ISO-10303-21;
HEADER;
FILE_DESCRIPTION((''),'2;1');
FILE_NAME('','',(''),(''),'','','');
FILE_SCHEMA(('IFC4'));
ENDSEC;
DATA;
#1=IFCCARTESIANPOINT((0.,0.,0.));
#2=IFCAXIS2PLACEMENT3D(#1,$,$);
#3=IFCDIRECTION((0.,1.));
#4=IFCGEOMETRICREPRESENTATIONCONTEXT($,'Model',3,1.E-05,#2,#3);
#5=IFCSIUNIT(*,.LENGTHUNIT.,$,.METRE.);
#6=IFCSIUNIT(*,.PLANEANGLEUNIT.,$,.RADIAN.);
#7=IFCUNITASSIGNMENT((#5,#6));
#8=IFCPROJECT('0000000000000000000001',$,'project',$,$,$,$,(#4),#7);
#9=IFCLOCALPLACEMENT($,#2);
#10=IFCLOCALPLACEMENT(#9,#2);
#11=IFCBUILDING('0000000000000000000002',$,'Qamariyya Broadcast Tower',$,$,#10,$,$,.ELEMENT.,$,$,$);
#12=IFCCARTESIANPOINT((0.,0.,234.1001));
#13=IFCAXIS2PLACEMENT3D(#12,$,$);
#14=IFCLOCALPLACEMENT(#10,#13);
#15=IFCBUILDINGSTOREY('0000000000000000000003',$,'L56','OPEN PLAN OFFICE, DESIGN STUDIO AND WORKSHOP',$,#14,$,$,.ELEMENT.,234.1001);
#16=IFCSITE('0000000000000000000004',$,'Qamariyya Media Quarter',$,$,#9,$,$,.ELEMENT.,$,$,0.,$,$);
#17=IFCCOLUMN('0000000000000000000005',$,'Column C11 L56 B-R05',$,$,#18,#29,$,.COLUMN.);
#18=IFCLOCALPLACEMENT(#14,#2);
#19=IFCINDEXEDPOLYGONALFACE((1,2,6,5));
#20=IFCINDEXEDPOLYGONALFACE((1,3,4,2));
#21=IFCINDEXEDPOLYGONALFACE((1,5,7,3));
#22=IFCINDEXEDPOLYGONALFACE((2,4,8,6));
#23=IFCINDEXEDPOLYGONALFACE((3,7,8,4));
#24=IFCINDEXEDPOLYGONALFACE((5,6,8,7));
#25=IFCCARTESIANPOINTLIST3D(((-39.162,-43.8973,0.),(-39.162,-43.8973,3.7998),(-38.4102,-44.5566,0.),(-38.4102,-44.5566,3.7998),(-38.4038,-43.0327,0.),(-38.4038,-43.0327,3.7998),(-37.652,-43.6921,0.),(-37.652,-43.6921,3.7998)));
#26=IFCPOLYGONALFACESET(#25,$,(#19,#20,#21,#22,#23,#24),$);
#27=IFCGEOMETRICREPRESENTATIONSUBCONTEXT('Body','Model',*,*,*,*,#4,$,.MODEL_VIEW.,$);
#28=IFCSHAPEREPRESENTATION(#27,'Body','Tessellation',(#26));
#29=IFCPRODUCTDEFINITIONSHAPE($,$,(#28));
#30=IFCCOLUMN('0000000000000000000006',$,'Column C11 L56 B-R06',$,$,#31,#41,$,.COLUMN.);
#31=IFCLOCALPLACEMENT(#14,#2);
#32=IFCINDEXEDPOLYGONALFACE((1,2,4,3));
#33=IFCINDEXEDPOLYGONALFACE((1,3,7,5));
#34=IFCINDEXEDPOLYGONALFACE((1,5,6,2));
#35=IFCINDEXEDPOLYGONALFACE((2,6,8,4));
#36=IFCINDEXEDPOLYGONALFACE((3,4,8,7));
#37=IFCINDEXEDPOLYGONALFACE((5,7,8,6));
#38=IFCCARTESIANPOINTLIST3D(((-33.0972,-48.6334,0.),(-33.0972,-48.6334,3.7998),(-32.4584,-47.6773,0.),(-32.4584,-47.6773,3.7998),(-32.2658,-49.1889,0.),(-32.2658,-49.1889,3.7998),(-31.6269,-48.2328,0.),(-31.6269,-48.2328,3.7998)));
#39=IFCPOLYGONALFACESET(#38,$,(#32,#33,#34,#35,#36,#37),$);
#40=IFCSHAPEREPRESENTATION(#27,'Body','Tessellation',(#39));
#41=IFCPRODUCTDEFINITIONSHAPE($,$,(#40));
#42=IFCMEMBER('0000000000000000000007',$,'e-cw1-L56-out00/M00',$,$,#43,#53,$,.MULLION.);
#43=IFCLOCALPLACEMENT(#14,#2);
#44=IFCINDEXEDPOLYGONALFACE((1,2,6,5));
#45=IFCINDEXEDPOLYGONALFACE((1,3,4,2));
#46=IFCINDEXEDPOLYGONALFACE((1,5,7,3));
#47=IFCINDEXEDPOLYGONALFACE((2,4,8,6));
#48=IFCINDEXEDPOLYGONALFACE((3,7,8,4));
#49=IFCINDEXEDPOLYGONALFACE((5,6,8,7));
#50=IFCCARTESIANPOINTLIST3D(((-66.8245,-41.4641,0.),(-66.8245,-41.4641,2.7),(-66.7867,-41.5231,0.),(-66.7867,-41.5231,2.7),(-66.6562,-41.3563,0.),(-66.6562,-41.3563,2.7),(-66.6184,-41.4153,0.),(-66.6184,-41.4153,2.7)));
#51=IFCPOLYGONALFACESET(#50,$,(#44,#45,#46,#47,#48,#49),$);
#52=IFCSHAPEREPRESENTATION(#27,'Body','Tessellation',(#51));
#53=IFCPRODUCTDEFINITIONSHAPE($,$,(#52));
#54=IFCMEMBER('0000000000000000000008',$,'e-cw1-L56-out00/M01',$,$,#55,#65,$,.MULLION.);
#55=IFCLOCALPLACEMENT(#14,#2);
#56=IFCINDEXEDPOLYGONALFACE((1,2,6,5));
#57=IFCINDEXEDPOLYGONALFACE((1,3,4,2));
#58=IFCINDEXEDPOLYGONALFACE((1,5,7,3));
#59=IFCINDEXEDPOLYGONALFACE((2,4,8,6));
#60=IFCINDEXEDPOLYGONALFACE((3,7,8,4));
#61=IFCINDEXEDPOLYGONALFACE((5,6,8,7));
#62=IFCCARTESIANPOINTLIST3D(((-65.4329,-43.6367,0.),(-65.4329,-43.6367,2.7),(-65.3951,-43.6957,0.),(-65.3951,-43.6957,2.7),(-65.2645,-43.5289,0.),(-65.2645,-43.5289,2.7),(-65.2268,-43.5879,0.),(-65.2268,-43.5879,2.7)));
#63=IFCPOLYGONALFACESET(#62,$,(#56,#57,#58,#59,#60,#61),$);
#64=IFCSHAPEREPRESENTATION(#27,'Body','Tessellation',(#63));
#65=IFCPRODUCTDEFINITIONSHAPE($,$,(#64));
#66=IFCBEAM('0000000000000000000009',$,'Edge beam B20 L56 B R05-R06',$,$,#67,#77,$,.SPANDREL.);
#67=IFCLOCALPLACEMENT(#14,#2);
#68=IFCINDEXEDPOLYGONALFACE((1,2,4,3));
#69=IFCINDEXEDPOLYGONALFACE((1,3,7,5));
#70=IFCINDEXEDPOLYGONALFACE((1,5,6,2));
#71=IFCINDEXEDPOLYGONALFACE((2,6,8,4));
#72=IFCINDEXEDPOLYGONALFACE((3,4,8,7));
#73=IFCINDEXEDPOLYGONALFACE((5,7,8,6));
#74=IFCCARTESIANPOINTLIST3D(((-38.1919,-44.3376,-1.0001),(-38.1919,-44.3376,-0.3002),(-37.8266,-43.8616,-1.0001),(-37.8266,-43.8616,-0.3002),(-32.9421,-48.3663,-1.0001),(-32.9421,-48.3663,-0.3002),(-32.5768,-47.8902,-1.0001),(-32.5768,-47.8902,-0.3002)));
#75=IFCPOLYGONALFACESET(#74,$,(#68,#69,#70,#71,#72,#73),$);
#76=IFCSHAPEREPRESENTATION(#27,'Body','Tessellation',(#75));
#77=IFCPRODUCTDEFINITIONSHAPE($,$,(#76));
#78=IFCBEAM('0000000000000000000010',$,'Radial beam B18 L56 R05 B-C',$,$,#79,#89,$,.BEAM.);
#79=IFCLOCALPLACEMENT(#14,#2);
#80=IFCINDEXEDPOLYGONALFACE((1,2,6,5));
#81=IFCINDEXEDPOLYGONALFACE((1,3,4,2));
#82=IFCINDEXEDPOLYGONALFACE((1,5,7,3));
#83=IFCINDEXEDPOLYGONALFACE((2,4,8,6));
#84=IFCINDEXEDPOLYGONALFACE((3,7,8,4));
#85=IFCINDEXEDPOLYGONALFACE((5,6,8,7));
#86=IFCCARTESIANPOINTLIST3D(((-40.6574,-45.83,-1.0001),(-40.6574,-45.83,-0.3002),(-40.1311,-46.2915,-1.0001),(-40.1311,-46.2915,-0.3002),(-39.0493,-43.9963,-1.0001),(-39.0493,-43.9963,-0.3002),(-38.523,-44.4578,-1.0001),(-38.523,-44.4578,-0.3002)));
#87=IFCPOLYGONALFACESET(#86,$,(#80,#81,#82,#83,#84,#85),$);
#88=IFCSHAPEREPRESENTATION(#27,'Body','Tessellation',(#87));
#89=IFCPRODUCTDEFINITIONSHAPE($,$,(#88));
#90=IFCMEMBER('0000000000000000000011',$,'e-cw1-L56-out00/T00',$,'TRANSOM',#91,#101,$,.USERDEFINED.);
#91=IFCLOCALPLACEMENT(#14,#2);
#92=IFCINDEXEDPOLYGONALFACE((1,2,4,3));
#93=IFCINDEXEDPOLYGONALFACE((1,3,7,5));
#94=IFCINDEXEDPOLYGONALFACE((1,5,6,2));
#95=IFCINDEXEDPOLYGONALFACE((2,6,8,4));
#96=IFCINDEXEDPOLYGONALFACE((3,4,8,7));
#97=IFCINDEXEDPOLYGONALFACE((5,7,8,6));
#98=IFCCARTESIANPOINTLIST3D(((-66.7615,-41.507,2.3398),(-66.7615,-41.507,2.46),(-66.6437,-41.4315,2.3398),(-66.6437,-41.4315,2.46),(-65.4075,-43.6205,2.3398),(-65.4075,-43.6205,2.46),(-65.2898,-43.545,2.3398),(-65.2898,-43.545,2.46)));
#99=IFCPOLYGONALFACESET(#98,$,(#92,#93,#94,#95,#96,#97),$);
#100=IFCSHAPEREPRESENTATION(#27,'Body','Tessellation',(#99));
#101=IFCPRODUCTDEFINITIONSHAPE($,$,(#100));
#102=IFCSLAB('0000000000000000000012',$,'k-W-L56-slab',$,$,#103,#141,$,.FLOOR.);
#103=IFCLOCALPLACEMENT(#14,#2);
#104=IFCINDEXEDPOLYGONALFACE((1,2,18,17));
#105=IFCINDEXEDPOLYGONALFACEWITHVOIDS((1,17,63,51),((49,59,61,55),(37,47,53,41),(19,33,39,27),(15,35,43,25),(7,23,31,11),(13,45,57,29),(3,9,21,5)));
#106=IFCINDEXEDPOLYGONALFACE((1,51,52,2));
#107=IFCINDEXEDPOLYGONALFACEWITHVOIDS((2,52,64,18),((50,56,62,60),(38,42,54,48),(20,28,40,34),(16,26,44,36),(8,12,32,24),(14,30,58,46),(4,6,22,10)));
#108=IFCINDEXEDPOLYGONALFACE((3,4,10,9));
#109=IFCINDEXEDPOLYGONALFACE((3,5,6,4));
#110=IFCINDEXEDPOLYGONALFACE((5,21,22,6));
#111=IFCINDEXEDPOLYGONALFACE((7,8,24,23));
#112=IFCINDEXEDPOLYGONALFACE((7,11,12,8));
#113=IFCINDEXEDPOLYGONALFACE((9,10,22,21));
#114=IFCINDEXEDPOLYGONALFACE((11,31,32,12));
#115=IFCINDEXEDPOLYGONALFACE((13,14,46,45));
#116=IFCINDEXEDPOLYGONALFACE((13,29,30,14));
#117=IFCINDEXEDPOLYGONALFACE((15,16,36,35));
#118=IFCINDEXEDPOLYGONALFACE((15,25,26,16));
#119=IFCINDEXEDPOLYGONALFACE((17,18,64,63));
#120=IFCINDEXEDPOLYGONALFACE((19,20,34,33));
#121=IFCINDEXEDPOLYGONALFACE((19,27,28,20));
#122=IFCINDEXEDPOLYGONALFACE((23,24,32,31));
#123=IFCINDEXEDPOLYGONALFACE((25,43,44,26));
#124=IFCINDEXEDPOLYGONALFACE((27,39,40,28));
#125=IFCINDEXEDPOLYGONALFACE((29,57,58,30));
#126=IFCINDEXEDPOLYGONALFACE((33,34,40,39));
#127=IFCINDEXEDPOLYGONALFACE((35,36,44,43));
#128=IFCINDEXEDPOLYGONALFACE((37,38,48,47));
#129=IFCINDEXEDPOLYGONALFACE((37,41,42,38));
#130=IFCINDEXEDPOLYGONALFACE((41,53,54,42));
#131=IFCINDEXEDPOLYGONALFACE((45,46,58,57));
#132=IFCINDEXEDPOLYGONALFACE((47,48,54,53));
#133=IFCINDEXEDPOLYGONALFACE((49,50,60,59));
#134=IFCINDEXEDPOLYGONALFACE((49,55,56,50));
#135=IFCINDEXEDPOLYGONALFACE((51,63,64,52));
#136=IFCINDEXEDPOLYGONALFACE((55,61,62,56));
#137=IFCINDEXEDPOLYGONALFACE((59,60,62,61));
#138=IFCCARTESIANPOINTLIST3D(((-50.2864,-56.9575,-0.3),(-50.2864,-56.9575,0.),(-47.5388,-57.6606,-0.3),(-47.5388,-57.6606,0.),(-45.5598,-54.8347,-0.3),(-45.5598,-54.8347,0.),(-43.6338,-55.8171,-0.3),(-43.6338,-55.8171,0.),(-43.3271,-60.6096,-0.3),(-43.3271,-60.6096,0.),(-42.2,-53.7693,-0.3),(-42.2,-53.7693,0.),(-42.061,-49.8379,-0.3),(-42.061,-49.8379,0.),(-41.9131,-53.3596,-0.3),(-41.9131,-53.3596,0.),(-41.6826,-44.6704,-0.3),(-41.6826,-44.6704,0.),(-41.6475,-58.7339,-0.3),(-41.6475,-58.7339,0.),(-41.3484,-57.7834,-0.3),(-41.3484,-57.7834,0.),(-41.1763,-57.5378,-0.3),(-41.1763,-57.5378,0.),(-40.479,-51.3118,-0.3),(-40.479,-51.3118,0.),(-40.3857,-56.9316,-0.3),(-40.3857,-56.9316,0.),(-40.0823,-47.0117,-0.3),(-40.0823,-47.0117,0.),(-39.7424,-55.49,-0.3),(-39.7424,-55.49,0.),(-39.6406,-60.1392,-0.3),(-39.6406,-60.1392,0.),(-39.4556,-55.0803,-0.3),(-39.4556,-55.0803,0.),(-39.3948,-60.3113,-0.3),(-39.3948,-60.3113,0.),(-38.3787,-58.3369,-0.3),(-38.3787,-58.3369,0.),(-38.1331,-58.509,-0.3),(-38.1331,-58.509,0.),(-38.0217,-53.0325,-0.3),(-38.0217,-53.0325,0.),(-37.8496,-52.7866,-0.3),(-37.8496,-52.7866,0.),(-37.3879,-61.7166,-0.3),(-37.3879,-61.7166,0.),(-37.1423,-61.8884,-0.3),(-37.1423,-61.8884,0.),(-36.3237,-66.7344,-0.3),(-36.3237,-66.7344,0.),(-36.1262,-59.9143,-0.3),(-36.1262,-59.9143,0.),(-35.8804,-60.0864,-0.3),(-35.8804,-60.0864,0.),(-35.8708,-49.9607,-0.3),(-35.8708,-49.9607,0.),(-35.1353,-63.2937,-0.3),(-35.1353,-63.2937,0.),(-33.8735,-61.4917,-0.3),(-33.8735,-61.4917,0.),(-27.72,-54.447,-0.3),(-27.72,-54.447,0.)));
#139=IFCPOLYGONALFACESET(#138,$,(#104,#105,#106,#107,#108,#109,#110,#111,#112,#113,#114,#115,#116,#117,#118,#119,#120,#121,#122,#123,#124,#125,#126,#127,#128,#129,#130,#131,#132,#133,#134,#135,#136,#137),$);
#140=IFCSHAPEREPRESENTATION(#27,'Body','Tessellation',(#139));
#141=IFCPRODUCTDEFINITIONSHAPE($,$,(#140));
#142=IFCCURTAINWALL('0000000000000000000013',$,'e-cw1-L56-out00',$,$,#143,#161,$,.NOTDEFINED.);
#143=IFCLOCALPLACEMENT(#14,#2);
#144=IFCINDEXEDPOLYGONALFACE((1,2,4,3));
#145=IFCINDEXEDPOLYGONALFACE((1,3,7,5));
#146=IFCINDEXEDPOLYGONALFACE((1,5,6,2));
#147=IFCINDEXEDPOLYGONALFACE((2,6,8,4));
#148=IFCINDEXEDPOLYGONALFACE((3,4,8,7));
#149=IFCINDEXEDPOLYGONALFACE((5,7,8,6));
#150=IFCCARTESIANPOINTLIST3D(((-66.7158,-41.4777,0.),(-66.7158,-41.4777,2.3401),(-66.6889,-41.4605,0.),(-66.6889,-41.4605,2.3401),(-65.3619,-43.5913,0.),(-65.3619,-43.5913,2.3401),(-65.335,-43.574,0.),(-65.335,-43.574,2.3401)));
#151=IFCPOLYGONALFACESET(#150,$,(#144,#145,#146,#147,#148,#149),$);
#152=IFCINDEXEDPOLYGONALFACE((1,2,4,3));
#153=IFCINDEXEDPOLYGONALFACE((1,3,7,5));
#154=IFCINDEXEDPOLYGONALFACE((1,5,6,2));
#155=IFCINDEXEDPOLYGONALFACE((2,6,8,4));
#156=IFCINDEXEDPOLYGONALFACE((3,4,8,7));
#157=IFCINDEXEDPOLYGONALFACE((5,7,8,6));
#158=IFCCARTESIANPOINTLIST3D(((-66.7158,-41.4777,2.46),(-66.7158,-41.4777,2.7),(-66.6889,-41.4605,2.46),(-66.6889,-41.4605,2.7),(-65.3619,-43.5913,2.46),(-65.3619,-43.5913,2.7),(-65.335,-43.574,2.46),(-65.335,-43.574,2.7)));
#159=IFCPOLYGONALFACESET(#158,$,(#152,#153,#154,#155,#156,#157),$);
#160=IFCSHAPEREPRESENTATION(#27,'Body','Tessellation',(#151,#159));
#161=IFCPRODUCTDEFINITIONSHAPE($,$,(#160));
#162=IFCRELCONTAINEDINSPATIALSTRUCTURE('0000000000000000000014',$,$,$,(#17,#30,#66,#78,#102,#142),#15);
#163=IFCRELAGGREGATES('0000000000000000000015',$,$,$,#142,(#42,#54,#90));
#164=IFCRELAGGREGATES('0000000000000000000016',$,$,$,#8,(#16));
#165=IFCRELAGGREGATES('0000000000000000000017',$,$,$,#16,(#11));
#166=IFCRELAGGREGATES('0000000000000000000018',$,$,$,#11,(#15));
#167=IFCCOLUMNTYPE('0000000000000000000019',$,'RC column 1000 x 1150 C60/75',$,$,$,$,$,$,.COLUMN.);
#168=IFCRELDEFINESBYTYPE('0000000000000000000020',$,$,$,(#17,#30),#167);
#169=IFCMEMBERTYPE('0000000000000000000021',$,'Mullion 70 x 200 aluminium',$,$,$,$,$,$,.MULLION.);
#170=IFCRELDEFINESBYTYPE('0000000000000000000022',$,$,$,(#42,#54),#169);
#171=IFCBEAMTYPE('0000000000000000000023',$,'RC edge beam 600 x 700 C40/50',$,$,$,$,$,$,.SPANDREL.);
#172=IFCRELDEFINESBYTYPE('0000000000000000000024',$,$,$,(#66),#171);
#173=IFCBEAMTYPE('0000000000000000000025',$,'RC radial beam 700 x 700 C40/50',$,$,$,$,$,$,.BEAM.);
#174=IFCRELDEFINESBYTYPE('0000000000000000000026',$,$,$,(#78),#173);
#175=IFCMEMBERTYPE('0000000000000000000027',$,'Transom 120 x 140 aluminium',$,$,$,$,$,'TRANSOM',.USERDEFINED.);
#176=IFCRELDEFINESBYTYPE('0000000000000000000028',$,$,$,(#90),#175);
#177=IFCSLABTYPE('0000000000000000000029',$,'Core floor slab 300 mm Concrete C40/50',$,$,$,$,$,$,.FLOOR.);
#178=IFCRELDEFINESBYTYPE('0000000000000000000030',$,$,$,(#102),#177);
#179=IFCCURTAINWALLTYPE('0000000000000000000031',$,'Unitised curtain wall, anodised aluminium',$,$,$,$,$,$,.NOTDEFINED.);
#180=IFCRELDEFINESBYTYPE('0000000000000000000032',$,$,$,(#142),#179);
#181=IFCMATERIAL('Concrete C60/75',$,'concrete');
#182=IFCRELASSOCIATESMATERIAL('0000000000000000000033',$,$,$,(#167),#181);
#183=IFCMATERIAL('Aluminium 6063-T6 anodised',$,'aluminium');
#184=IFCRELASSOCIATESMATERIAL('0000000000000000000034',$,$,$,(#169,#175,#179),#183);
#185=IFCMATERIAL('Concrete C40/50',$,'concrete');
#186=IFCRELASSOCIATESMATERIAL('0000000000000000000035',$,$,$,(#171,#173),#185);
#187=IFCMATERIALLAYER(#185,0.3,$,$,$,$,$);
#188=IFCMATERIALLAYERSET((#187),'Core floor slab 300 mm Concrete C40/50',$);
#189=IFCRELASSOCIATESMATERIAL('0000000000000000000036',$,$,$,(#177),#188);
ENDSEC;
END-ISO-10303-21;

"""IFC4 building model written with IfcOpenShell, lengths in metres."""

from ifc_helpers import new_model, si_unit, direction, frame, origin, origin_2d, place, context, subcontext, project, spatial, polyline, rectangle, outline, extrude, material, layer, layer_set, material_profile, profile_set, type_object, element, aggregate, save


model = new_model("IFC4")

# Units and contexts
model_context = context("Model", 3, precision=1e-05, world=origin(), true_north=direction((0.0, 1.0)))
body_context = subcontext(model_context, "Body", "Model", "MODEL_VIEW")
ifc_project = project(units=[si_unit("LENGTHUNIT", "METRE"), si_unit("PLANEANGLEUNIT", "RADIAN")], contexts=[model_context])

# Site, building, storey
site_placement = place(None, origin())
site = spatial("IfcSite", under=ifc_project, at=site_placement, Name="Qamariyya Media Quarter", CompositionType="ELEMENT", RefElevation=0.0)
building_placement = place(site_placement, origin())
building = spatial("IfcBuilding", under=site, at=building_placement, Name="Qamariyya Broadcast Tower", CompositionType="ELEMENT")
storey_placement = place(building_placement, frame((0.0, 0.0, 234.1001)))
storey = spatial("IfcBuildingStorey", under=building, at=storey_placement, Name="L56", Description="OPEN PLAN OFFICE, DESIGN STUDIO AND WORKSHOP", CompositionType="ELEMENT", Elevation=234.1001)

# Columns
ifc_material_1 = material(Name="Concrete C60/75", Category="concrete")
ifc_material_profile_1 = material_profile(ifc_material_1, rectangle(XDim=1.0, YDim=1.1499, at=origin_2d()))
ifc_profile_set_1 = profile_set([ifc_material_profile_1], Name="Concrete C60/75")
column_type = type_object("IfcColumnType", Name="RC column 1000 x 1150 C60/75", PredefinedType="COLUMN", material=ifc_profile_set_1)
for number, where, z_axis, x_axis, name in (
    (1, (-38.407, -43.7947, 0.0), (0.0, 0.0, 1.0), (0.75184, -0.659346, 0.0), "Column C11 L56 B-R05"),
    (2, (-32.3621, -48.4331, 0.0), (0.0, 0.0, 1.0), (0.83147, -0.55557, 0.0), "Column C11 L56 B-R06"),
):
    element("IfcColumn", number, at=place(storey_placement, frame(where, z_axis=z_axis, x_axis=x_axis)), inside=storey, type_object=column_type, Name=name, PredefinedType="COLUMN", context=body_context, shape_type="SweptSolid", body=[
        extrude(rectangle(XDim=1.0, YDim=1.1499, at=origin_2d()), origin(), (0.0, 0.0, 1.0), 3.7998),
    ])

# Members
ifc_material_2 = material(Name="Aluminium 6063-T6 anodised", Category="aluminium")
ifc_material_profile_2 = material_profile(ifc_material_2, rectangle(XDim=0.2, YDim=0.0701, at=origin_2d()))
ifc_profile_set_2 = profile_set([ifc_material_profile_2], Name="Aluminium 6063-T6 anodised")
member_type_1 = type_object("IfcMemberType", Name="Mullion 70 x 200 aluminium", PredefinedType="MULLION", material=ifc_profile_set_2)
member_1_placement = place(storey_placement, frame((-66.7214, -41.4397, 0.0), z_axis=(0.0, 0.0, 1.0), x_axis=(0.842034, 0.539424, 0.0)))
member_1 = element("IfcMember", 3, at=member_1_placement, type_object=member_type_1, Name="e-cw1-L56-out00/M00", PredefinedType="MULLION", context=body_context, shape_type="SweptSolid", body=[
    extrude(rectangle(XDim=0.2, YDim=0.0701, at=origin_2d()), origin(), (0.0, 0.0, 1.0), 2.7),
])
member_2_placement = place(storey_placement, frame((-65.3298, -43.6123, 0.0), z_axis=(0.0, 0.0, 1.0), x_axis=(0.842034, 0.539424, 0.0)))
member_2 = element("IfcMember", 4, at=member_2_placement, type_object=member_type_1, Name="e-cw1-L56-out00/M01", PredefinedType="MULLION", context=body_context, shape_type="SweptSolid", body=[
    extrude(rectangle(XDim=0.2, YDim=0.0701, at=origin_2d()), origin(), (0.0, 0.0, 1.0), 2.7),
])

# Beams
ifc_material_3 = material(Name="Concrete C40/50", Category="concrete")
ifc_material_profile_3 = material_profile(ifc_material_3, rectangle(XDim=0.6001, YDim=0.7, at=origin_2d()))
ifc_profile_set_3 = profile_set([ifc_material_profile_3], Name="Concrete C40/50")
beam_type_1 = type_object("IfcBeamType", Name="RC edge beam 600 x 700 C40/50", PredefinedType="SPANDREL", material=ifc_profile_set_3)
beam_1_placement = place(storey_placement, frame((-38.0093, -44.0996, -0.6501), z_axis=(0.793333, -0.608789, 0.0), x_axis=(0.608789, 0.793333, 0.0)))
element("IfcBeam", 5, at=beam_1_placement, inside=storey, type_object=beam_type_1, Name="Edge beam B20 L56 B R05-R06", PredefinedType="SPANDREL", context=body_context, shape_type="SweptSolid", body=[
    extrude(rectangle(XDim=0.6001, YDim=0.7, at=origin_2d()), origin(), (0.0, 0.0, 1.0), 6.6174),
])
ifc_material_profile_4 = material_profile(ifc_material_3, rectangle(XDim=0.7, YDim=0.7, at=origin_2d()))
ifc_profile_set_4 = profile_set([ifc_material_profile_4], Name="Concrete C40/50")
beam_type_2 = type_object("IfcBeamType", Name="RC radial beam 700 x 700 C40/50", PredefinedType="BEAM", material=ifc_profile_set_4)
beam_2_placement = place(storey_placement, frame((-38.7861, -44.2271, -0.6501), z_axis=(-0.659348, -0.751838, 0.0), x_axis=(0.751838, -0.659348, 0.0)))
element("IfcBeam", 6, at=beam_2_placement, inside=storey, type_object=beam_type_2, Name="Radial beam B18 L56 R05 B-C", PredefinedType="BEAM", context=body_context, shape_type="SweptSolid", body=[
    extrude(rectangle(XDim=0.7, YDim=0.7, at=origin_2d()), origin(), (0.0, 0.0, 1.0), 2.439),
])

# Member
ifc_material_profile_5 = material_profile(ifc_material_2, rectangle(XDim=0.1399, YDim=0.1201, at=origin_2d()))
ifc_profile_set_5 = profile_set([ifc_material_profile_5], Name="Aluminium 6063-T6 anodised")
member_type_2 = type_object("IfcMemberType", Name="Transom 120 x 140 aluminium", ElementType="TRANSOM", PredefinedType="USERDEFINED", material=ifc_profile_set_5)
member_3_placement = place(storey_placement, frame((-66.7026, -41.4692, 2.3999), z_axis=(0.539435, -0.842028, 0.0), x_axis=(0.842028, 0.539435, 0.0)))
member_3 = element("IfcMember", 7, at=member_3_placement, type_object=member_type_2, Name="e-cw1-L56-out00/T00", ObjectType="TRANSOM", PredefinedType="USERDEFINED", context=body_context, shape_type="SweptSolid", body=[
    extrude(rectangle(XDim=0.1399, YDim=0.1201, at=origin_2d()), origin(), (0.0, 0.0, 1.0), 2.51),
])

# Slab
ifc_layer_1 = layer(ifc_material_3, 0.3)
ifc_layer_set_1 = layer_set([ifc_layer_1], Name="Core floor slab 300 mm Concrete C40/50")
slab_type_1 = type_object("IfcSlabType", Name="Core floor slab 300 mm Concrete C40/50", PredefinedType="FLOOR", material=ifc_layer_set_1)
slab_1_placement = place(storey_placement, frame((0.0, 0.0, -0.3)))
element("IfcSlab", 8, at=slab_1_placement, inside=storey, type_object=slab_type_1, Name="k-W-L56-slab", PredefinedType="FLOOR", context=body_context, shape_type="SweptSolid", body=[
    extrude(outline(polyline([(-50.2864, -56.9575), (-36.3237, -66.7344), (-27.72, -54.447), (-41.6826, -44.6704), (-50.2864, -56.9575)]), holes=[polyline([(-33.8735, -61.4917), (-35.8804, -60.0864), (-37.1423, -61.8884), (-35.1353, -63.2937), (-33.8735, -61.4917)]), polyline([(-36.1262, -59.9143), (-38.1331, -58.509), (-39.3948, -60.3113), (-37.3879, -61.7166), (-36.1262, -59.9143)]), polyline([(-38.3787, -58.3369), (-40.3857, -56.9316), (-41.6475, -58.7339), (-39.6406, -60.1392), (-38.3787, -58.3369)]), polyline([(-39.7424, -55.49), (-42.2, -53.7693), (-43.6338, -55.8171), (-41.1763, -57.5378), (-39.7424, -55.49)]), polyline([(-39.4556, -55.0803), (-41.9131, -53.3596), (-40.479, -51.3118), (-38.0217, -53.0325), (-39.4556, -55.0803)]), polyline([(-42.061, -49.8379), (-37.8496, -52.7866), (-35.8708, -49.9607), (-40.0823, -47.0117), (-42.061, -49.8379)]), polyline([(-47.5388, -57.6606), (-43.3271, -60.6096), (-41.3484, -57.7834), (-45.5598, -54.8347), (-47.5388, -57.6606)])]), origin(), (0.0, 0.0, 1.0), 0.3),
])

# Curtain wall
curtain_wall_type = type_object("IfcCurtainWallType", Name="Unitised curtain wall, anodised aluminium", PredefinedType="NOTDEFINED", material=ifc_material_2)
curtain_wall_placement = place(storey_placement, origin())
curtain_wall = element("IfcCurtainWall", 9, at=curtain_wall_placement, inside=storey, type_object=curtain_wall_type, Name="e-cw1-L56-out00", PredefinedType="NOTDEFINED", context=body_context, shape_type="SweptSolid", body=[
    extrude(rectangle(XDim=2.51, YDim=0.032, at=origin_2d()), frame((-66.0254, -42.5259, 0.0), x_axis=(0.539407, -0.842045, 0.0)), (0.0, 0.0, 1.0), 2.3401),
    extrude(rectangle(XDim=2.51, YDim=0.032, at=origin_2d()), frame((-66.0254, -42.5259, 2.46), x_axis=(0.539407, -0.842045, 0.0)), (0.0, 0.0, 1.0), 0.24),
])
aggregate(curtain_wall, [member_1, member_2, member_3])

save(model, "model.ifc")
